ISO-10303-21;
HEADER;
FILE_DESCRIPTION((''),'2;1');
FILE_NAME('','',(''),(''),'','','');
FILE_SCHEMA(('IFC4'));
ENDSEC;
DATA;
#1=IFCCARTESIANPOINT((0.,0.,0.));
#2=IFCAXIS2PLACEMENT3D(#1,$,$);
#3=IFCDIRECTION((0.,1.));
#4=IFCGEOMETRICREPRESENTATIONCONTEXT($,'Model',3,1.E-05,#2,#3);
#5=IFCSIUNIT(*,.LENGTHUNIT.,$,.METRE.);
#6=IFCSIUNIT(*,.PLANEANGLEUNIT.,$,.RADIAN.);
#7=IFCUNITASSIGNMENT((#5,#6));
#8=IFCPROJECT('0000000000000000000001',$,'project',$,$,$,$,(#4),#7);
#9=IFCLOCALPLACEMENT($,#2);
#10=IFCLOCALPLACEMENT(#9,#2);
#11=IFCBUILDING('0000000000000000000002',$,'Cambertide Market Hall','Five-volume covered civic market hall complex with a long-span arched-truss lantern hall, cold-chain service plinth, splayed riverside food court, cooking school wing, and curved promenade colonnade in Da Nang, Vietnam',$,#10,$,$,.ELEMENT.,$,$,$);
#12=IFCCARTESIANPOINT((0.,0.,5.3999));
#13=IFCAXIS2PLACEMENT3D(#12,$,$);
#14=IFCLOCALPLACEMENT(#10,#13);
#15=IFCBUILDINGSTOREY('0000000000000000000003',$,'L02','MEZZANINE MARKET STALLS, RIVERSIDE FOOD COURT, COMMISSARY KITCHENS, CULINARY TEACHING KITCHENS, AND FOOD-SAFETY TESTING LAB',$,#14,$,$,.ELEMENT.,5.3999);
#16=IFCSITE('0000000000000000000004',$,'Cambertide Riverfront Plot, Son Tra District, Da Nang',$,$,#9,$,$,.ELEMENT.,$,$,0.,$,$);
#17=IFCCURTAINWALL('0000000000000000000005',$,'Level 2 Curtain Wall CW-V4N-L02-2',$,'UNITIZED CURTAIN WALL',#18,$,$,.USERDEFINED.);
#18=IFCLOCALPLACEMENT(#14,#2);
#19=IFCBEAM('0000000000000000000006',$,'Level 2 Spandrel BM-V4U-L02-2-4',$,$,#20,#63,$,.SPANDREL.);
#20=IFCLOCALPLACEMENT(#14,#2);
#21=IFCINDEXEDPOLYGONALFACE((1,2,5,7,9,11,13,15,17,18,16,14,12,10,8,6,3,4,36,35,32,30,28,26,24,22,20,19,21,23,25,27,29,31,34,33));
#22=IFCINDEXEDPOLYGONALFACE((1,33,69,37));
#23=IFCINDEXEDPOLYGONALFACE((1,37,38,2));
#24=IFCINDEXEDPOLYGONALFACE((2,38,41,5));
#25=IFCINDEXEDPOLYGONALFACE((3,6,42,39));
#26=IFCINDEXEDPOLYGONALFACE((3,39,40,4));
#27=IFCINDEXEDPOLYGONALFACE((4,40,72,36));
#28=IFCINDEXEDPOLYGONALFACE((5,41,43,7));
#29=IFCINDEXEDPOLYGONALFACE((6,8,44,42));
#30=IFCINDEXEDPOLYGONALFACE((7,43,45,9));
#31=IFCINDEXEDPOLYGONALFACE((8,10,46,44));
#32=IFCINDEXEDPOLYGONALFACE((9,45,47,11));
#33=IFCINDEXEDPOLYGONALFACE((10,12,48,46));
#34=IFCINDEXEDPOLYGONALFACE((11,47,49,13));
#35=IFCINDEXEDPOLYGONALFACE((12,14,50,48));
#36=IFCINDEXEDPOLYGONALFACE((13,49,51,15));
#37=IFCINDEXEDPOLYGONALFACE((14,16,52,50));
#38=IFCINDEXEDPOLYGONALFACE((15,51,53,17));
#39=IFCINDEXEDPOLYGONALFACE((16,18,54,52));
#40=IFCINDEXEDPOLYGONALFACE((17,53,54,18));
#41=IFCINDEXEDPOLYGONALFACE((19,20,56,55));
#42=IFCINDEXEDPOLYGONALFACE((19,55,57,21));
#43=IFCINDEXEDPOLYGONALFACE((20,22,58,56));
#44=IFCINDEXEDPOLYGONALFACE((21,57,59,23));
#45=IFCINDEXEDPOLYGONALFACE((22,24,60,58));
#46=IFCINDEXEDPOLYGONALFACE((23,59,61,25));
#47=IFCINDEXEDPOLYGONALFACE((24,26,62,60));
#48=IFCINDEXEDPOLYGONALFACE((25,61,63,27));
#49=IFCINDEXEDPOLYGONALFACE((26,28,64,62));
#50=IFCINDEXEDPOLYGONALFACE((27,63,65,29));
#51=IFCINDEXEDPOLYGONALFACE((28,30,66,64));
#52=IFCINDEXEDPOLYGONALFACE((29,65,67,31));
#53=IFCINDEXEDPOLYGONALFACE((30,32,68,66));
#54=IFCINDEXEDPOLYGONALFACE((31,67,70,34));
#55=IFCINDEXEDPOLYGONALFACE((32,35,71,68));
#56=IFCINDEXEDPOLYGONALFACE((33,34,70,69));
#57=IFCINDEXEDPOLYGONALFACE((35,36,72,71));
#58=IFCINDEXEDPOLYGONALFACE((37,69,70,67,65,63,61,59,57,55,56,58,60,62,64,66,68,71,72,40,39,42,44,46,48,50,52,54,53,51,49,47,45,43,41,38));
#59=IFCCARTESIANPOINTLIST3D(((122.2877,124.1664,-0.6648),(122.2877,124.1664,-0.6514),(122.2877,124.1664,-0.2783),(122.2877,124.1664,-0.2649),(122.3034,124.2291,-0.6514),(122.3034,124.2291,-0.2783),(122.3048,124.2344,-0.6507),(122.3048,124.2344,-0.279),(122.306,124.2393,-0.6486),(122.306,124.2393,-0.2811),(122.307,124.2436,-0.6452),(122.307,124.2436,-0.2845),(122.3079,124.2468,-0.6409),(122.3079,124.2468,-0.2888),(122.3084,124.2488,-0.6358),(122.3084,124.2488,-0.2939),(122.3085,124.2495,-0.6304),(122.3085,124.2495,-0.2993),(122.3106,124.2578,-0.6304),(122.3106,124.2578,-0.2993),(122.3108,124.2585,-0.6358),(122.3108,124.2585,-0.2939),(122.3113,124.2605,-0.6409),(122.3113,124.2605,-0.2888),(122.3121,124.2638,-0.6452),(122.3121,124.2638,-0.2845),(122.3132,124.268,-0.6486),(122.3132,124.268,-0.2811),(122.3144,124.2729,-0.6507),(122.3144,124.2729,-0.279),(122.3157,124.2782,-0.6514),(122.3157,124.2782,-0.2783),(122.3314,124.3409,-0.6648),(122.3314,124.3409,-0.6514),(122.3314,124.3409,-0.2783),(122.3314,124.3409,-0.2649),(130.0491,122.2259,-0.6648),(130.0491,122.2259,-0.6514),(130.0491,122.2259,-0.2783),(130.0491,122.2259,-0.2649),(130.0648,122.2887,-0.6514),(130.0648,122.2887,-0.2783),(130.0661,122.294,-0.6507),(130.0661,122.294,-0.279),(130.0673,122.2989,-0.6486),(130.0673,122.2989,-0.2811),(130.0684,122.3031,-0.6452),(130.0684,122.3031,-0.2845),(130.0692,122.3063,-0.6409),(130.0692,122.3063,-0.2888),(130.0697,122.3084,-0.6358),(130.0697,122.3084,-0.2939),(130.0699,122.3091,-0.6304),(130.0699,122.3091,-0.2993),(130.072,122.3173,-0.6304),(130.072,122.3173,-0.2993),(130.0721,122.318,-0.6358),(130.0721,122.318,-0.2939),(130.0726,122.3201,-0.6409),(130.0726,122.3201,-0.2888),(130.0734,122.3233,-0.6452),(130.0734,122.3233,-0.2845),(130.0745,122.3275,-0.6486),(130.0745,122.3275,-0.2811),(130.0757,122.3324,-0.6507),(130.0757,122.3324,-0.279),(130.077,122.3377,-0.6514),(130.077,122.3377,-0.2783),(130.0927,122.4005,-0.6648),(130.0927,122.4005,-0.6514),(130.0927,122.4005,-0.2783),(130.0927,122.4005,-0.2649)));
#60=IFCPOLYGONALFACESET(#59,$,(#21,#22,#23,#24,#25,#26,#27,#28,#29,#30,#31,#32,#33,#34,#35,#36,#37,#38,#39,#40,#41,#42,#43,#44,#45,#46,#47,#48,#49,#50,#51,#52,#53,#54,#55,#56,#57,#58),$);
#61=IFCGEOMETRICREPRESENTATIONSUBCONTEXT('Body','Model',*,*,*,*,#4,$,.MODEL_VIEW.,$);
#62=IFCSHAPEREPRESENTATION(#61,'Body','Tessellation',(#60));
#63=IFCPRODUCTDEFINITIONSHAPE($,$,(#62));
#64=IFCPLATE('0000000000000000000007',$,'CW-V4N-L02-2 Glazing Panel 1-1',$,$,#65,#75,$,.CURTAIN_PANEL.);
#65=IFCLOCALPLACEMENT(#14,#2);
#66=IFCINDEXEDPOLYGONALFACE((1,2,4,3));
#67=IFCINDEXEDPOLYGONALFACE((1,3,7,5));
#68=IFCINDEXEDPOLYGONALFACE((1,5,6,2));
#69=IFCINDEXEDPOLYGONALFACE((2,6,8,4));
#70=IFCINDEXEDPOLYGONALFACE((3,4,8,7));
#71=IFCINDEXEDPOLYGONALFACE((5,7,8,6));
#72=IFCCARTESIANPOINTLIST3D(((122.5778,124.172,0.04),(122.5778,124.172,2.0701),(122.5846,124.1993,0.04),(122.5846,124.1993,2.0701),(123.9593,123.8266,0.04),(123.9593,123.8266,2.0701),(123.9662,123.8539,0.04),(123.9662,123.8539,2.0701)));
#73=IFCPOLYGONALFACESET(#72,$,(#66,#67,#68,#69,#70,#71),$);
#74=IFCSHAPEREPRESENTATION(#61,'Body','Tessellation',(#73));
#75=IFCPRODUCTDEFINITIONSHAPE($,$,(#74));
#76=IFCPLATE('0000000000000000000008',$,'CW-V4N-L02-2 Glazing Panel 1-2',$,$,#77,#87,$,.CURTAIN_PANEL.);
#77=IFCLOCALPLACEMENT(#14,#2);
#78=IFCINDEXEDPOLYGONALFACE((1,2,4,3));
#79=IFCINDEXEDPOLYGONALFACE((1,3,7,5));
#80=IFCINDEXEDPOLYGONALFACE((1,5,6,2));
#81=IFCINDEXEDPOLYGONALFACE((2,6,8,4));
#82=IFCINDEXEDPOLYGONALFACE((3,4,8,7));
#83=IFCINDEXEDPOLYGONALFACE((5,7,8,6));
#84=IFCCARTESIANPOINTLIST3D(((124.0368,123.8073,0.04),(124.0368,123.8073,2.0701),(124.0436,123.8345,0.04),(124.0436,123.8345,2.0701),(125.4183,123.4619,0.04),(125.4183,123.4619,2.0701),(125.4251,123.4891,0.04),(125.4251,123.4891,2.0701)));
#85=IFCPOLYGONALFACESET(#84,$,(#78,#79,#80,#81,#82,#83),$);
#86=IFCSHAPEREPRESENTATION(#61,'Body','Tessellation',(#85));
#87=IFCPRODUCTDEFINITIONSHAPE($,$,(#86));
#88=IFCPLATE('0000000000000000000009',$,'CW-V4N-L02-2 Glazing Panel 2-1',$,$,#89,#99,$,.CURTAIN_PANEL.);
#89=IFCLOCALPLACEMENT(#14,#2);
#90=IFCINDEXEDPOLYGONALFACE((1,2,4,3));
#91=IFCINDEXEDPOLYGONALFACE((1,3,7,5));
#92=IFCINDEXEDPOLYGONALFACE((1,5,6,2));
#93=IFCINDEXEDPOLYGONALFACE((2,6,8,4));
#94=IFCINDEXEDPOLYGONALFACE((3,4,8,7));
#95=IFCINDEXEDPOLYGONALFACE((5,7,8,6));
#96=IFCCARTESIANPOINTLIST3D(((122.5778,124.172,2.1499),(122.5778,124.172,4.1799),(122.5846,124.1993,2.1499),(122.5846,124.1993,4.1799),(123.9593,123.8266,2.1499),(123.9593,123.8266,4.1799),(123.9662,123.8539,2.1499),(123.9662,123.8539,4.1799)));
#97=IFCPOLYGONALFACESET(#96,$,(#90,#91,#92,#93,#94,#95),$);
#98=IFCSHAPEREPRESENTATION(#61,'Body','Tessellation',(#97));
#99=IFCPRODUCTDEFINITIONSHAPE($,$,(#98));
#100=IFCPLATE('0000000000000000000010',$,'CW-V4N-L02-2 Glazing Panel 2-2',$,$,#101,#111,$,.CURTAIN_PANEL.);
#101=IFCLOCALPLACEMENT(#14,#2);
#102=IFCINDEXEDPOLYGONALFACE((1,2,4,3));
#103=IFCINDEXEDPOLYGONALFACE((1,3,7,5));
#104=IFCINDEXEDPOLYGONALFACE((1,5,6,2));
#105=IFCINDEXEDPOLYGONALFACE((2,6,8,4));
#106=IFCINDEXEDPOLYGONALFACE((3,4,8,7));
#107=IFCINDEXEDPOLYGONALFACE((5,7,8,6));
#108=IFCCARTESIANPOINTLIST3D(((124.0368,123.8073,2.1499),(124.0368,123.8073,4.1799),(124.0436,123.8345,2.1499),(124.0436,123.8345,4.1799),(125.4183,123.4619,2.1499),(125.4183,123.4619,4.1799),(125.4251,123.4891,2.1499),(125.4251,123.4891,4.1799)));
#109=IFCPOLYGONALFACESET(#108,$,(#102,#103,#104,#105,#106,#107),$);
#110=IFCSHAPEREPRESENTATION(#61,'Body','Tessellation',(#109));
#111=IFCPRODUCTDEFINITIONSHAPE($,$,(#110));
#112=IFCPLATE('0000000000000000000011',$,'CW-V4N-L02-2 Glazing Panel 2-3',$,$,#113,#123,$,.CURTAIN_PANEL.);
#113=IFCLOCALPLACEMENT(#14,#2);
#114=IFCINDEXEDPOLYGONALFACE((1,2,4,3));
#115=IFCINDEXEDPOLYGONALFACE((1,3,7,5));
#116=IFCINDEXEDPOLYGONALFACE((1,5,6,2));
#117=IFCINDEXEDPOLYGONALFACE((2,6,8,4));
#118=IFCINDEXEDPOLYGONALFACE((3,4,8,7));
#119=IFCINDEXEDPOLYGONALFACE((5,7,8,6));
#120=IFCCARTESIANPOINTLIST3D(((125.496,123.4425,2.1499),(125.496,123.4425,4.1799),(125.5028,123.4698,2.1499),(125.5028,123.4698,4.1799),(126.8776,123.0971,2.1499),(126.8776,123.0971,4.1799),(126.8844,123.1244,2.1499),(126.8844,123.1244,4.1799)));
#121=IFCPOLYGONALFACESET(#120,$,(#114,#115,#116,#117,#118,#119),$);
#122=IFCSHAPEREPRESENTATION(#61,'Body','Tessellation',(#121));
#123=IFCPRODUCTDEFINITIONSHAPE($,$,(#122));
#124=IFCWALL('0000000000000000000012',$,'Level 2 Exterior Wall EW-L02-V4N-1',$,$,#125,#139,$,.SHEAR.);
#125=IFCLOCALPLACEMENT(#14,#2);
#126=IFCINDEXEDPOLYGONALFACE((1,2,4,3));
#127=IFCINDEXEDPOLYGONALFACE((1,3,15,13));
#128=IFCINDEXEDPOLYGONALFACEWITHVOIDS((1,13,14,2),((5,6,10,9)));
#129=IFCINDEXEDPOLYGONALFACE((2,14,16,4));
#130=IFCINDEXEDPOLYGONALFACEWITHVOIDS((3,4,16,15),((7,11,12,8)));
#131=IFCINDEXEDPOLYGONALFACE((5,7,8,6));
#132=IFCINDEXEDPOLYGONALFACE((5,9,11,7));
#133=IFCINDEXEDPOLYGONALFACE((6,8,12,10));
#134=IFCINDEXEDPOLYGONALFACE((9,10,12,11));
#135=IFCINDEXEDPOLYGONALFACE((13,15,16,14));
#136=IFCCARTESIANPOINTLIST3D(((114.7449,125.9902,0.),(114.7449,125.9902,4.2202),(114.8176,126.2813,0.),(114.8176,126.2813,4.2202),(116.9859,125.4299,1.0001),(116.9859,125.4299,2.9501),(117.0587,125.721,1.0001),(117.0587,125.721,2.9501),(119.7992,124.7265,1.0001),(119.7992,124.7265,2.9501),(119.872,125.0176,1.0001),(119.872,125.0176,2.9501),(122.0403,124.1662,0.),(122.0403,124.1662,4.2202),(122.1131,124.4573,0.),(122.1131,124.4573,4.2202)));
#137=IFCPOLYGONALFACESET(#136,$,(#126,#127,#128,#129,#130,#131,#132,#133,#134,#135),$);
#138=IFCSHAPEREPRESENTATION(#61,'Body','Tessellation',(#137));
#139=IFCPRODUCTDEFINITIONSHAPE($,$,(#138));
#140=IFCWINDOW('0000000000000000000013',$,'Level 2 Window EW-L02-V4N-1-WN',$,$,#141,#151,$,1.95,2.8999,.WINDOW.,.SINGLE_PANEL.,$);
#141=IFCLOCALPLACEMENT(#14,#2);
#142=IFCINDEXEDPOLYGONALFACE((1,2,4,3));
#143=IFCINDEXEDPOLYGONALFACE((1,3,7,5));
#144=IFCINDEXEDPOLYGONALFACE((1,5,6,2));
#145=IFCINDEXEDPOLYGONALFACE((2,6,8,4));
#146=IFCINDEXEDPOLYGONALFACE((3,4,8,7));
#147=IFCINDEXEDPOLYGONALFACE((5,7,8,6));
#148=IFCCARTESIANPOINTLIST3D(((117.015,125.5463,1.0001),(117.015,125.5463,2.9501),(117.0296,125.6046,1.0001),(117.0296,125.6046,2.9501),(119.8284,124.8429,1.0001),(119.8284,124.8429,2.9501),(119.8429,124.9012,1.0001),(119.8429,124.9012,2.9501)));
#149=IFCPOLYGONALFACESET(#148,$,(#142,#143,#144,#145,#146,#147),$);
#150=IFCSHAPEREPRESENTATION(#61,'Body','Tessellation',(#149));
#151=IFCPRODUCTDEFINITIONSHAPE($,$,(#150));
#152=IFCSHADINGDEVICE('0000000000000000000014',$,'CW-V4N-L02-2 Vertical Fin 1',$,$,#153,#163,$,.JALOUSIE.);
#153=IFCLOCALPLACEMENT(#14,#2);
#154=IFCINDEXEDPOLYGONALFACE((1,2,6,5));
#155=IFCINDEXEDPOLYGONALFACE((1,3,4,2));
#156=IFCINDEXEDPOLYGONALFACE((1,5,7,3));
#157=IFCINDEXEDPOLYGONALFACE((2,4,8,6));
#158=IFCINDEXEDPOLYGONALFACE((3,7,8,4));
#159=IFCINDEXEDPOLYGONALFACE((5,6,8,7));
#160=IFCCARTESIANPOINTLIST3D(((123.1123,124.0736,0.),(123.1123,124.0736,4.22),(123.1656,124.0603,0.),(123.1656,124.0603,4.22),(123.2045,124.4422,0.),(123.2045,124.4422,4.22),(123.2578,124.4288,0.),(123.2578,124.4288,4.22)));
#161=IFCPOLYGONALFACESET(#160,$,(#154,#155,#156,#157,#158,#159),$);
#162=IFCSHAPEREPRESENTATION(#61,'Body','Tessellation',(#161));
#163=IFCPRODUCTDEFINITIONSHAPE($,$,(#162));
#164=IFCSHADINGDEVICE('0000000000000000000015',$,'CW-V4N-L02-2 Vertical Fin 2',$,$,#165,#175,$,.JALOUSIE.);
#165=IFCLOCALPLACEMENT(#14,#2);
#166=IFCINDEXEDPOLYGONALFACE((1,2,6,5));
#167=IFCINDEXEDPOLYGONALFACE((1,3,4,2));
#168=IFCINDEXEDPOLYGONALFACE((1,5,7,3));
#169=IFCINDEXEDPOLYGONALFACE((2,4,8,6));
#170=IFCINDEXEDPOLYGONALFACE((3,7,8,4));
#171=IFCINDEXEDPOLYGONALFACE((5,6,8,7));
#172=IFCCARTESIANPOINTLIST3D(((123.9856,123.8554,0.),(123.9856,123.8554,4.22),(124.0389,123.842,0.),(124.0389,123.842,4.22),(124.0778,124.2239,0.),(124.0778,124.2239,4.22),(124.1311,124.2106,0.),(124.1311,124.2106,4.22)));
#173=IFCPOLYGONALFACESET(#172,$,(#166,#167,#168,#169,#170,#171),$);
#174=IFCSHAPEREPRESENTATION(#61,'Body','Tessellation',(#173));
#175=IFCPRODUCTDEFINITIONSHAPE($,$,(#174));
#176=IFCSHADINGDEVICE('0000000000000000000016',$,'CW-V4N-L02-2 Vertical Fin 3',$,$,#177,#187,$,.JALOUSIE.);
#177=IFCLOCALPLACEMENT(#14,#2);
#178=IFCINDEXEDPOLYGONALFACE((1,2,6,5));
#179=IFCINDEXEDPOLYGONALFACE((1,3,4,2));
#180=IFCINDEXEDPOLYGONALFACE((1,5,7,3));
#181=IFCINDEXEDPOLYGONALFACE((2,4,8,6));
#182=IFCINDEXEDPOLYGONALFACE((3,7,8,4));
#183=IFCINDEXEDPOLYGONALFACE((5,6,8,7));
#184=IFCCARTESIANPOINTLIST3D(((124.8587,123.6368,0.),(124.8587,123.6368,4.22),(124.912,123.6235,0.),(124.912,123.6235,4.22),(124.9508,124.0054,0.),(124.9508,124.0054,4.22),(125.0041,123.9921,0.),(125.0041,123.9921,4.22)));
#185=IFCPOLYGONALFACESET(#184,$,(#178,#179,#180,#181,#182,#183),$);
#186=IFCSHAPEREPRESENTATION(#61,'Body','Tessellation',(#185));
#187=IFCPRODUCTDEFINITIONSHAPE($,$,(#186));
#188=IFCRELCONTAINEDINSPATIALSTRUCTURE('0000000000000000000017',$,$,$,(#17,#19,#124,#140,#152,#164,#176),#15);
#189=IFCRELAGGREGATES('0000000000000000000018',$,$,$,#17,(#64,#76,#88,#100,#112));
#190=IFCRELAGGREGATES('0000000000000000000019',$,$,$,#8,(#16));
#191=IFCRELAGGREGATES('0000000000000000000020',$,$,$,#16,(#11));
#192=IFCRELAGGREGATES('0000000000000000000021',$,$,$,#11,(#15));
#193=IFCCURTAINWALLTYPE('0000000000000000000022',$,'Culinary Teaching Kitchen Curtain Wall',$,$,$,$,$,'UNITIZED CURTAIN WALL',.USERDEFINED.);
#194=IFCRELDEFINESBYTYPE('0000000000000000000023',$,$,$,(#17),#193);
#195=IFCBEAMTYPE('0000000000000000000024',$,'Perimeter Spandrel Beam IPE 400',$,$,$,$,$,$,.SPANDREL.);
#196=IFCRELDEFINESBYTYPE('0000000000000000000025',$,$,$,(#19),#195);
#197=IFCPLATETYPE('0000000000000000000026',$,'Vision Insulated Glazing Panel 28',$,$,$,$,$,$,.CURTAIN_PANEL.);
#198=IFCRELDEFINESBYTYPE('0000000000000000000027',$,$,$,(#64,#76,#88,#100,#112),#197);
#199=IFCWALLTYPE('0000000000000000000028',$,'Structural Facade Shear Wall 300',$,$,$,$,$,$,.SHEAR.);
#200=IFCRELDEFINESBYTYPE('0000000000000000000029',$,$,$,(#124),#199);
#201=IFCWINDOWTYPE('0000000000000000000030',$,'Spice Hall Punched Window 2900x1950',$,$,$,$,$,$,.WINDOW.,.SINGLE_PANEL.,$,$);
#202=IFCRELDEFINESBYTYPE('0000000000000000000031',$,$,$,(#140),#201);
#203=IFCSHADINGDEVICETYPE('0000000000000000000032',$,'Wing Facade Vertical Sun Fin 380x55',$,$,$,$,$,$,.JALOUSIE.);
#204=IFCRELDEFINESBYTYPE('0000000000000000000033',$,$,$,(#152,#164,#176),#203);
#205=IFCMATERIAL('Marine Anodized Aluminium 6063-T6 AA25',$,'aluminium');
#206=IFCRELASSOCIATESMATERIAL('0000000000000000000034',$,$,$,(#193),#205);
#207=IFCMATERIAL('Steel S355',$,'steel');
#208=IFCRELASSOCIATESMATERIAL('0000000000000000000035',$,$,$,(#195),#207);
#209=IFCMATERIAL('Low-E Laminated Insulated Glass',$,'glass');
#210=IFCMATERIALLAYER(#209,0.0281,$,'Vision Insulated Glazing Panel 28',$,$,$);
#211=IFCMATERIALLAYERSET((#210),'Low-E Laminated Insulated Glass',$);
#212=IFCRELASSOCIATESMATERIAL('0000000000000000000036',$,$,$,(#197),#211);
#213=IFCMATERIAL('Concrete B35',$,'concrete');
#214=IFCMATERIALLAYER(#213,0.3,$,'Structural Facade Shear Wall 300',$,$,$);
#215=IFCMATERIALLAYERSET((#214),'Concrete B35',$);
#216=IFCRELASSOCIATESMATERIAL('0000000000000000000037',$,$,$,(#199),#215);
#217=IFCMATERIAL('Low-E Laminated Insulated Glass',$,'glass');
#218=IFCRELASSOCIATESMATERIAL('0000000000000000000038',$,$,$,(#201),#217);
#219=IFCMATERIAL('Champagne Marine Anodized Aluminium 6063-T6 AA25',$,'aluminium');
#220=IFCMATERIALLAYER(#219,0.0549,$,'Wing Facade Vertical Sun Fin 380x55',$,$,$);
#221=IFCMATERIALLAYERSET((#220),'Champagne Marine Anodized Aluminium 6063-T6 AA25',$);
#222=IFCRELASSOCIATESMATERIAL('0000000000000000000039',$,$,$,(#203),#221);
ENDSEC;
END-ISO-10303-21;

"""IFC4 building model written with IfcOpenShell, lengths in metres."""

from ifc_helpers import new_model, si_unit, direction, frame, frame_2d, origin, origin_2d, place, context, subcontext, project, spatial, rectangle, i_section, extrude, material, layer, layer_set, material_profile, profile_set, type_object, element, fill, aggregate, save


model = new_model("IFC4")

# Units and contexts
model_context = context("Model", 3, precision=1e-05, world=origin(), true_north=direction((0.0, 1.0)))
body_context = subcontext(model_context, "Body", "Model", "MODEL_VIEW")
ifc_project = project(units=[si_unit("LENGTHUNIT", "METRE"), si_unit("PLANEANGLEUNIT", "RADIAN")], contexts=[model_context])

# Site, building, storey
site_placement = place(None, origin())
site = spatial("IfcSite", under=ifc_project, at=site_placement, Name="Cambertide Riverfront Plot, Son Tra District, Da Nang", CompositionType="ELEMENT", RefElevation=0.0)
building_placement = place(site_placement, origin())
building = spatial("IfcBuilding", under=site, at=building_placement, Name="Cambertide Market Hall", Description="Five-volume covered civic market hall complex with a long-span arched-truss lantern hall, cold-chain service plinth, splayed riverside food court, cooking school wing, and curved promenade colonnade in Da Nang, Vietnam", CompositionType="ELEMENT")
storey_placement = place(building_placement, frame((0.0, 0.0, 5.3999)))
storey = spatial("IfcBuildingStorey", under=building, at=storey_placement, Name="L02", Description="MEZZANINE MARKET STALLS, RIVERSIDE FOOD COURT, COMMISSARY KITCHENS, CULINARY TEACHING KITCHENS, AND FOOD-SAFETY TESTING LAB", CompositionType="ELEMENT", Elevation=5.3999)

# Curtain wall
ifc_material_1 = material(Name="Marine Anodized Aluminium 6063-T6 AA25", Category="aluminium")
curtain_wall_type = type_object("IfcCurtainWallType", Name="Culinary Teaching Kitchen Curtain Wall", ElementType="UNITIZED CURTAIN WALL", PredefinedType="USERDEFINED", material=ifc_material_1)
curtain_wall_placement = place(storey_placement, origin())
curtain_wall = element("IfcCurtainWall", 1, at=curtain_wall_placement, inside=storey, type_object=curtain_wall_type, Name="Level 2 Curtain Wall CW-V4N-L02-2", ObjectType="UNITIZED CURTAIN WALL", PredefinedType="USERDEFINED")

# Beam
ifc_material_2 = material(Name="Steel S355", Category="steel")
ifc_material_profile_1 = material_profile(ifc_material_2, i_section(OverallWidth=0.1799, OverallDepth=0.3999, WebThickness=0.0085, FlangeThickness=0.0134, FilletRadius=0.021, at=origin_2d()), Name="IPE 400")
ifc_profile_set_1 = profile_set([ifc_material_profile_1], Name="Steel S355")
beam_type = type_object("IfcBeamType", Name="Perimeter Spandrel Beam IPE 400", PredefinedType="SPANDREL", material=ifc_profile_set_1)
beam_1_placement = place(storey_placement, frame((122.3096, 124.2537, -0.4648), z_axis=(0.970139, -0.24255, 0.0), x_axis=(0.24255, 0.970139, 0.0)))
element("IfcBeam", 2, at=beam_1_placement, inside=storey, type_object=beam_type, Name="Level 2 Spandrel BM-V4U-L02-2-4", PredefinedType="SPANDREL", context=body_context, shape_type="SweptSolid", body=[
    extrude(i_section(OverallWidth=0.1799, OverallDepth=0.3999, WebThickness=0.0085, FlangeThickness=0.0134, FilletRadius=0.021, at=origin_2d()), origin(), (0.0, 0.0, 1.0), 8.0002),
])

# Plates
ifc_material_3 = material(Name="Low-E Laminated Insulated Glass", Category="glass")
ifc_layer_1 = layer(ifc_material_3, 0.0281, Name="Vision Insulated Glazing Panel 28")
ifc_layer_set_1 = layer_set([ifc_layer_1], Name="Low-E Laminated Insulated Glass")
plate_type = type_object("IfcPlateType", Name="Vision Insulated Glazing Panel 28", PredefinedType="CURTAIN_PANEL", material=ifc_layer_set_1)
plate_1_placement = place(storey_placement, frame((123.272, 124.0129, 0.04), z_axis=(0.0, 0.0, 1.0), x_axis=(0.970143, -0.242536, 0.0)))
plate_1 = element("IfcPlate", 3, at=plate_1_placement, type_object=plate_type, Name="CW-V4N-L02-2 Glazing Panel 1-1", PredefinedType="CURTAIN_PANEL", context=body_context, shape_type="SweptSolid", body=[
    extrude(rectangle(XDim=1.4241, YDim=0.0281, at=origin_2d()), origin(), (0.0, 0.0, 1.0), 2.03),
])
plate_2_placement = place(storey_placement, frame((124.731, 123.6482, 0.04), z_axis=(0.0, 0.0, 1.0), x_axis=(0.970143, -0.242536, 0.0)))
plate_2 = element("IfcPlate", 4, at=plate_2_placement, type_object=plate_type, Name="CW-V4N-L02-2 Glazing Panel 1-2", PredefinedType="CURTAIN_PANEL", context=body_context, shape_type="SweptSolid", body=[
    extrude(rectangle(XDim=1.4241, YDim=0.0281, at=origin_2d()), origin(), (0.0, 0.0, 1.0), 2.03),
])
plate_3_placement = place(storey_placement, frame((123.272, 124.0129, 2.1499), z_axis=(0.0, 0.0, 1.0), x_axis=(0.970143, -0.242536, 0.0)))
plate_3 = element("IfcPlate", 5, at=plate_3_placement, type_object=plate_type, Name="CW-V4N-L02-2 Glazing Panel 2-1", PredefinedType="CURTAIN_PANEL", context=body_context, shape_type="SweptSolid", body=[
    extrude(rectangle(XDim=1.4241, YDim=0.0281, at=origin_2d()), origin(), (0.0, 0.0, 1.0), 2.03),
])
plate_4_placement = place(storey_placement, frame((124.731, 123.6482, 2.1499), z_axis=(0.0, 0.0, 1.0), x_axis=(0.970143, -0.242536, 0.0)))
plate_4 = element("IfcPlate", 6, at=plate_4_placement, type_object=plate_type, Name="CW-V4N-L02-2 Glazing Panel 2-2", PredefinedType="CURTAIN_PANEL", context=body_context, shape_type="SweptSolid", body=[
    extrude(rectangle(XDim=1.4241, YDim=0.0281, at=origin_2d()), origin(), (0.0, 0.0, 1.0), 2.03),
])
plate_5_placement = place(storey_placement, frame((126.1902, 123.2834, 2.1499), z_axis=(0.0, 0.0, 1.0), x_axis=(0.970143, -0.242536, 0.0)))
plate_5 = element("IfcPlate", 7, at=plate_5_placement, type_object=plate_type, Name="CW-V4N-L02-2 Glazing Panel 2-3", PredefinedType="CURTAIN_PANEL", context=body_context, shape_type="SweptSolid", body=[
    extrude(rectangle(XDim=1.4241, YDim=0.0281, at=origin_2d()), origin(), (0.0, 0.0, 1.0), 2.03),
])
aggregate(curtain_wall, [plate_1, plate_2, plate_3, plate_4, plate_5])

# Wall, opening, window
ifc_material_4 = material(Name="Concrete B35", Category="concrete")
ifc_layer_2 = layer(ifc_material_4, 0.3, Name="Structural Facade Shear Wall 300")
ifc_layer_set_2 = layer_set([ifc_layer_2], Name="Concrete B35")
wall_type = type_object("IfcWallType", Name="Structural Facade Shear Wall 300", PredefinedType="SHEAR", material=ifc_layer_set_2)
wall_placement = place(storey_placement, frame((114.7812, 126.1357, 0.0), z_axis=(0.0, 0.0, 1.0), x_axis=(0.970139, -0.242551, 0.0)))
wall = element("IfcWall", 8, at=wall_placement, inside=storey, type_object=wall_type, Name="Level 2 Exterior Wall EW-L02-V4N-1", PredefinedType="SHEAR", context=body_context, shape_type="SweptSolid", body=[
    extrude(rectangle(XDim=7.52, YDim=0.3, at=frame_2d((3.76, 0.0))), origin(), (0.0, 0.0, 1.0), 4.2202),
])
opening_placement = place(wall_placement, frame((2.3101, 0.0, 1.0)))
opening = element("IfcOpeningElement", 9, at=opening_placement, cuts=wall, PredefinedType="OPENING", context=body_context, shape_type="SweptSolid", body=[
    extrude(rectangle(XDim=2.8999, YDim=1.95, at=frame_2d((1.45, 0.9751))), frame((0.0, 0.1599, 0.0), z_axis=(0.0, -1.0, 0.0), x_axis=(1.0, 0.0, 0.0)), (0.0, 0.0, 1.0), 0.3201),
])
ifc_material_5 = material(Name="Low-E Laminated Insulated Glass", Category="glass")
window_type = type_object("IfcWindowType", Name="Spice Hall Punched Window 2900x1950", PartitioningType="SINGLE_PANEL", PredefinedType="WINDOW", material=ifc_material_5)
window_placement = place(opening_placement, origin())
window = element("IfcWindow", 10, at=window_placement, inside=storey, type_object=window_type, Name="Level 2 Window EW-L02-V4N-1-WN", OverallHeight=1.95, OverallWidth=2.8999, PartitioningType="SINGLE_PANEL", PredefinedType="WINDOW", context=body_context, shape_type="SweptSolid", body=[
    extrude(rectangle(XDim=2.8999, YDim=1.95, at=frame_2d((1.45, 0.9751))), frame((0.0, 0.03, 0.0), z_axis=(0.0, -1.0, 0.0), x_axis=(1.0, 0.0, 0.0)), (0.0, 0.0, 1.0), 0.0601),
])
fill(opening, window)

# Shading devices
ifc_material_6 = material(Name="Champagne Marine Anodized Aluminium 6063-T6 AA25", Category="aluminium")
ifc_layer_3 = layer(ifc_material_6, 0.0549, Name="Wing Facade Vertical Sun Fin 380x55")
ifc_layer_set_3 = layer_set([ifc_layer_3], Name="Champagne Marine Anodized Aluminium 6063-T6 AA25")
shading_device_type = type_object("IfcShadingDeviceType", Name="Wing Facade Vertical Sun Fin 380x55", PredefinedType="JALOUSIE", material=ifc_layer_set_3)
for number, where, z_axis, x_axis, name in (
    (11, (123.1851, 124.2512, 0.0), (0.0, 0.0, 1.0), (0.970143, -0.242536, 0.0), "CW-V4N-L02-2 Vertical Fin 1"),
    (12, (124.0583, 124.033, 0.0), (0.0, 0.0, 1.0), (0.970143, -0.242536, 0.0), "CW-V4N-L02-2 Vertical Fin 2"),
    (13, (124.9314, 123.8145, 0.0), (0.0, 0.0, 1.0), (0.970143, -0.242536, 0.0), "CW-V4N-L02-2 Vertical Fin 3"),
):
    element("IfcShadingDevice", number, at=place(storey_placement, frame(where, z_axis=z_axis, x_axis=x_axis)), inside=storey, type_object=shading_device_type, Name=name, PredefinedType="JALOUSIE", context=body_context, shape_type="SweptSolid", body=[
        extrude(rectangle(XDim=0.0549, YDim=0.3799, at=origin_2d()), origin(), (0.0, 0.0, 1.0), 4.22),
    ])

save(model, "model.ifc")
